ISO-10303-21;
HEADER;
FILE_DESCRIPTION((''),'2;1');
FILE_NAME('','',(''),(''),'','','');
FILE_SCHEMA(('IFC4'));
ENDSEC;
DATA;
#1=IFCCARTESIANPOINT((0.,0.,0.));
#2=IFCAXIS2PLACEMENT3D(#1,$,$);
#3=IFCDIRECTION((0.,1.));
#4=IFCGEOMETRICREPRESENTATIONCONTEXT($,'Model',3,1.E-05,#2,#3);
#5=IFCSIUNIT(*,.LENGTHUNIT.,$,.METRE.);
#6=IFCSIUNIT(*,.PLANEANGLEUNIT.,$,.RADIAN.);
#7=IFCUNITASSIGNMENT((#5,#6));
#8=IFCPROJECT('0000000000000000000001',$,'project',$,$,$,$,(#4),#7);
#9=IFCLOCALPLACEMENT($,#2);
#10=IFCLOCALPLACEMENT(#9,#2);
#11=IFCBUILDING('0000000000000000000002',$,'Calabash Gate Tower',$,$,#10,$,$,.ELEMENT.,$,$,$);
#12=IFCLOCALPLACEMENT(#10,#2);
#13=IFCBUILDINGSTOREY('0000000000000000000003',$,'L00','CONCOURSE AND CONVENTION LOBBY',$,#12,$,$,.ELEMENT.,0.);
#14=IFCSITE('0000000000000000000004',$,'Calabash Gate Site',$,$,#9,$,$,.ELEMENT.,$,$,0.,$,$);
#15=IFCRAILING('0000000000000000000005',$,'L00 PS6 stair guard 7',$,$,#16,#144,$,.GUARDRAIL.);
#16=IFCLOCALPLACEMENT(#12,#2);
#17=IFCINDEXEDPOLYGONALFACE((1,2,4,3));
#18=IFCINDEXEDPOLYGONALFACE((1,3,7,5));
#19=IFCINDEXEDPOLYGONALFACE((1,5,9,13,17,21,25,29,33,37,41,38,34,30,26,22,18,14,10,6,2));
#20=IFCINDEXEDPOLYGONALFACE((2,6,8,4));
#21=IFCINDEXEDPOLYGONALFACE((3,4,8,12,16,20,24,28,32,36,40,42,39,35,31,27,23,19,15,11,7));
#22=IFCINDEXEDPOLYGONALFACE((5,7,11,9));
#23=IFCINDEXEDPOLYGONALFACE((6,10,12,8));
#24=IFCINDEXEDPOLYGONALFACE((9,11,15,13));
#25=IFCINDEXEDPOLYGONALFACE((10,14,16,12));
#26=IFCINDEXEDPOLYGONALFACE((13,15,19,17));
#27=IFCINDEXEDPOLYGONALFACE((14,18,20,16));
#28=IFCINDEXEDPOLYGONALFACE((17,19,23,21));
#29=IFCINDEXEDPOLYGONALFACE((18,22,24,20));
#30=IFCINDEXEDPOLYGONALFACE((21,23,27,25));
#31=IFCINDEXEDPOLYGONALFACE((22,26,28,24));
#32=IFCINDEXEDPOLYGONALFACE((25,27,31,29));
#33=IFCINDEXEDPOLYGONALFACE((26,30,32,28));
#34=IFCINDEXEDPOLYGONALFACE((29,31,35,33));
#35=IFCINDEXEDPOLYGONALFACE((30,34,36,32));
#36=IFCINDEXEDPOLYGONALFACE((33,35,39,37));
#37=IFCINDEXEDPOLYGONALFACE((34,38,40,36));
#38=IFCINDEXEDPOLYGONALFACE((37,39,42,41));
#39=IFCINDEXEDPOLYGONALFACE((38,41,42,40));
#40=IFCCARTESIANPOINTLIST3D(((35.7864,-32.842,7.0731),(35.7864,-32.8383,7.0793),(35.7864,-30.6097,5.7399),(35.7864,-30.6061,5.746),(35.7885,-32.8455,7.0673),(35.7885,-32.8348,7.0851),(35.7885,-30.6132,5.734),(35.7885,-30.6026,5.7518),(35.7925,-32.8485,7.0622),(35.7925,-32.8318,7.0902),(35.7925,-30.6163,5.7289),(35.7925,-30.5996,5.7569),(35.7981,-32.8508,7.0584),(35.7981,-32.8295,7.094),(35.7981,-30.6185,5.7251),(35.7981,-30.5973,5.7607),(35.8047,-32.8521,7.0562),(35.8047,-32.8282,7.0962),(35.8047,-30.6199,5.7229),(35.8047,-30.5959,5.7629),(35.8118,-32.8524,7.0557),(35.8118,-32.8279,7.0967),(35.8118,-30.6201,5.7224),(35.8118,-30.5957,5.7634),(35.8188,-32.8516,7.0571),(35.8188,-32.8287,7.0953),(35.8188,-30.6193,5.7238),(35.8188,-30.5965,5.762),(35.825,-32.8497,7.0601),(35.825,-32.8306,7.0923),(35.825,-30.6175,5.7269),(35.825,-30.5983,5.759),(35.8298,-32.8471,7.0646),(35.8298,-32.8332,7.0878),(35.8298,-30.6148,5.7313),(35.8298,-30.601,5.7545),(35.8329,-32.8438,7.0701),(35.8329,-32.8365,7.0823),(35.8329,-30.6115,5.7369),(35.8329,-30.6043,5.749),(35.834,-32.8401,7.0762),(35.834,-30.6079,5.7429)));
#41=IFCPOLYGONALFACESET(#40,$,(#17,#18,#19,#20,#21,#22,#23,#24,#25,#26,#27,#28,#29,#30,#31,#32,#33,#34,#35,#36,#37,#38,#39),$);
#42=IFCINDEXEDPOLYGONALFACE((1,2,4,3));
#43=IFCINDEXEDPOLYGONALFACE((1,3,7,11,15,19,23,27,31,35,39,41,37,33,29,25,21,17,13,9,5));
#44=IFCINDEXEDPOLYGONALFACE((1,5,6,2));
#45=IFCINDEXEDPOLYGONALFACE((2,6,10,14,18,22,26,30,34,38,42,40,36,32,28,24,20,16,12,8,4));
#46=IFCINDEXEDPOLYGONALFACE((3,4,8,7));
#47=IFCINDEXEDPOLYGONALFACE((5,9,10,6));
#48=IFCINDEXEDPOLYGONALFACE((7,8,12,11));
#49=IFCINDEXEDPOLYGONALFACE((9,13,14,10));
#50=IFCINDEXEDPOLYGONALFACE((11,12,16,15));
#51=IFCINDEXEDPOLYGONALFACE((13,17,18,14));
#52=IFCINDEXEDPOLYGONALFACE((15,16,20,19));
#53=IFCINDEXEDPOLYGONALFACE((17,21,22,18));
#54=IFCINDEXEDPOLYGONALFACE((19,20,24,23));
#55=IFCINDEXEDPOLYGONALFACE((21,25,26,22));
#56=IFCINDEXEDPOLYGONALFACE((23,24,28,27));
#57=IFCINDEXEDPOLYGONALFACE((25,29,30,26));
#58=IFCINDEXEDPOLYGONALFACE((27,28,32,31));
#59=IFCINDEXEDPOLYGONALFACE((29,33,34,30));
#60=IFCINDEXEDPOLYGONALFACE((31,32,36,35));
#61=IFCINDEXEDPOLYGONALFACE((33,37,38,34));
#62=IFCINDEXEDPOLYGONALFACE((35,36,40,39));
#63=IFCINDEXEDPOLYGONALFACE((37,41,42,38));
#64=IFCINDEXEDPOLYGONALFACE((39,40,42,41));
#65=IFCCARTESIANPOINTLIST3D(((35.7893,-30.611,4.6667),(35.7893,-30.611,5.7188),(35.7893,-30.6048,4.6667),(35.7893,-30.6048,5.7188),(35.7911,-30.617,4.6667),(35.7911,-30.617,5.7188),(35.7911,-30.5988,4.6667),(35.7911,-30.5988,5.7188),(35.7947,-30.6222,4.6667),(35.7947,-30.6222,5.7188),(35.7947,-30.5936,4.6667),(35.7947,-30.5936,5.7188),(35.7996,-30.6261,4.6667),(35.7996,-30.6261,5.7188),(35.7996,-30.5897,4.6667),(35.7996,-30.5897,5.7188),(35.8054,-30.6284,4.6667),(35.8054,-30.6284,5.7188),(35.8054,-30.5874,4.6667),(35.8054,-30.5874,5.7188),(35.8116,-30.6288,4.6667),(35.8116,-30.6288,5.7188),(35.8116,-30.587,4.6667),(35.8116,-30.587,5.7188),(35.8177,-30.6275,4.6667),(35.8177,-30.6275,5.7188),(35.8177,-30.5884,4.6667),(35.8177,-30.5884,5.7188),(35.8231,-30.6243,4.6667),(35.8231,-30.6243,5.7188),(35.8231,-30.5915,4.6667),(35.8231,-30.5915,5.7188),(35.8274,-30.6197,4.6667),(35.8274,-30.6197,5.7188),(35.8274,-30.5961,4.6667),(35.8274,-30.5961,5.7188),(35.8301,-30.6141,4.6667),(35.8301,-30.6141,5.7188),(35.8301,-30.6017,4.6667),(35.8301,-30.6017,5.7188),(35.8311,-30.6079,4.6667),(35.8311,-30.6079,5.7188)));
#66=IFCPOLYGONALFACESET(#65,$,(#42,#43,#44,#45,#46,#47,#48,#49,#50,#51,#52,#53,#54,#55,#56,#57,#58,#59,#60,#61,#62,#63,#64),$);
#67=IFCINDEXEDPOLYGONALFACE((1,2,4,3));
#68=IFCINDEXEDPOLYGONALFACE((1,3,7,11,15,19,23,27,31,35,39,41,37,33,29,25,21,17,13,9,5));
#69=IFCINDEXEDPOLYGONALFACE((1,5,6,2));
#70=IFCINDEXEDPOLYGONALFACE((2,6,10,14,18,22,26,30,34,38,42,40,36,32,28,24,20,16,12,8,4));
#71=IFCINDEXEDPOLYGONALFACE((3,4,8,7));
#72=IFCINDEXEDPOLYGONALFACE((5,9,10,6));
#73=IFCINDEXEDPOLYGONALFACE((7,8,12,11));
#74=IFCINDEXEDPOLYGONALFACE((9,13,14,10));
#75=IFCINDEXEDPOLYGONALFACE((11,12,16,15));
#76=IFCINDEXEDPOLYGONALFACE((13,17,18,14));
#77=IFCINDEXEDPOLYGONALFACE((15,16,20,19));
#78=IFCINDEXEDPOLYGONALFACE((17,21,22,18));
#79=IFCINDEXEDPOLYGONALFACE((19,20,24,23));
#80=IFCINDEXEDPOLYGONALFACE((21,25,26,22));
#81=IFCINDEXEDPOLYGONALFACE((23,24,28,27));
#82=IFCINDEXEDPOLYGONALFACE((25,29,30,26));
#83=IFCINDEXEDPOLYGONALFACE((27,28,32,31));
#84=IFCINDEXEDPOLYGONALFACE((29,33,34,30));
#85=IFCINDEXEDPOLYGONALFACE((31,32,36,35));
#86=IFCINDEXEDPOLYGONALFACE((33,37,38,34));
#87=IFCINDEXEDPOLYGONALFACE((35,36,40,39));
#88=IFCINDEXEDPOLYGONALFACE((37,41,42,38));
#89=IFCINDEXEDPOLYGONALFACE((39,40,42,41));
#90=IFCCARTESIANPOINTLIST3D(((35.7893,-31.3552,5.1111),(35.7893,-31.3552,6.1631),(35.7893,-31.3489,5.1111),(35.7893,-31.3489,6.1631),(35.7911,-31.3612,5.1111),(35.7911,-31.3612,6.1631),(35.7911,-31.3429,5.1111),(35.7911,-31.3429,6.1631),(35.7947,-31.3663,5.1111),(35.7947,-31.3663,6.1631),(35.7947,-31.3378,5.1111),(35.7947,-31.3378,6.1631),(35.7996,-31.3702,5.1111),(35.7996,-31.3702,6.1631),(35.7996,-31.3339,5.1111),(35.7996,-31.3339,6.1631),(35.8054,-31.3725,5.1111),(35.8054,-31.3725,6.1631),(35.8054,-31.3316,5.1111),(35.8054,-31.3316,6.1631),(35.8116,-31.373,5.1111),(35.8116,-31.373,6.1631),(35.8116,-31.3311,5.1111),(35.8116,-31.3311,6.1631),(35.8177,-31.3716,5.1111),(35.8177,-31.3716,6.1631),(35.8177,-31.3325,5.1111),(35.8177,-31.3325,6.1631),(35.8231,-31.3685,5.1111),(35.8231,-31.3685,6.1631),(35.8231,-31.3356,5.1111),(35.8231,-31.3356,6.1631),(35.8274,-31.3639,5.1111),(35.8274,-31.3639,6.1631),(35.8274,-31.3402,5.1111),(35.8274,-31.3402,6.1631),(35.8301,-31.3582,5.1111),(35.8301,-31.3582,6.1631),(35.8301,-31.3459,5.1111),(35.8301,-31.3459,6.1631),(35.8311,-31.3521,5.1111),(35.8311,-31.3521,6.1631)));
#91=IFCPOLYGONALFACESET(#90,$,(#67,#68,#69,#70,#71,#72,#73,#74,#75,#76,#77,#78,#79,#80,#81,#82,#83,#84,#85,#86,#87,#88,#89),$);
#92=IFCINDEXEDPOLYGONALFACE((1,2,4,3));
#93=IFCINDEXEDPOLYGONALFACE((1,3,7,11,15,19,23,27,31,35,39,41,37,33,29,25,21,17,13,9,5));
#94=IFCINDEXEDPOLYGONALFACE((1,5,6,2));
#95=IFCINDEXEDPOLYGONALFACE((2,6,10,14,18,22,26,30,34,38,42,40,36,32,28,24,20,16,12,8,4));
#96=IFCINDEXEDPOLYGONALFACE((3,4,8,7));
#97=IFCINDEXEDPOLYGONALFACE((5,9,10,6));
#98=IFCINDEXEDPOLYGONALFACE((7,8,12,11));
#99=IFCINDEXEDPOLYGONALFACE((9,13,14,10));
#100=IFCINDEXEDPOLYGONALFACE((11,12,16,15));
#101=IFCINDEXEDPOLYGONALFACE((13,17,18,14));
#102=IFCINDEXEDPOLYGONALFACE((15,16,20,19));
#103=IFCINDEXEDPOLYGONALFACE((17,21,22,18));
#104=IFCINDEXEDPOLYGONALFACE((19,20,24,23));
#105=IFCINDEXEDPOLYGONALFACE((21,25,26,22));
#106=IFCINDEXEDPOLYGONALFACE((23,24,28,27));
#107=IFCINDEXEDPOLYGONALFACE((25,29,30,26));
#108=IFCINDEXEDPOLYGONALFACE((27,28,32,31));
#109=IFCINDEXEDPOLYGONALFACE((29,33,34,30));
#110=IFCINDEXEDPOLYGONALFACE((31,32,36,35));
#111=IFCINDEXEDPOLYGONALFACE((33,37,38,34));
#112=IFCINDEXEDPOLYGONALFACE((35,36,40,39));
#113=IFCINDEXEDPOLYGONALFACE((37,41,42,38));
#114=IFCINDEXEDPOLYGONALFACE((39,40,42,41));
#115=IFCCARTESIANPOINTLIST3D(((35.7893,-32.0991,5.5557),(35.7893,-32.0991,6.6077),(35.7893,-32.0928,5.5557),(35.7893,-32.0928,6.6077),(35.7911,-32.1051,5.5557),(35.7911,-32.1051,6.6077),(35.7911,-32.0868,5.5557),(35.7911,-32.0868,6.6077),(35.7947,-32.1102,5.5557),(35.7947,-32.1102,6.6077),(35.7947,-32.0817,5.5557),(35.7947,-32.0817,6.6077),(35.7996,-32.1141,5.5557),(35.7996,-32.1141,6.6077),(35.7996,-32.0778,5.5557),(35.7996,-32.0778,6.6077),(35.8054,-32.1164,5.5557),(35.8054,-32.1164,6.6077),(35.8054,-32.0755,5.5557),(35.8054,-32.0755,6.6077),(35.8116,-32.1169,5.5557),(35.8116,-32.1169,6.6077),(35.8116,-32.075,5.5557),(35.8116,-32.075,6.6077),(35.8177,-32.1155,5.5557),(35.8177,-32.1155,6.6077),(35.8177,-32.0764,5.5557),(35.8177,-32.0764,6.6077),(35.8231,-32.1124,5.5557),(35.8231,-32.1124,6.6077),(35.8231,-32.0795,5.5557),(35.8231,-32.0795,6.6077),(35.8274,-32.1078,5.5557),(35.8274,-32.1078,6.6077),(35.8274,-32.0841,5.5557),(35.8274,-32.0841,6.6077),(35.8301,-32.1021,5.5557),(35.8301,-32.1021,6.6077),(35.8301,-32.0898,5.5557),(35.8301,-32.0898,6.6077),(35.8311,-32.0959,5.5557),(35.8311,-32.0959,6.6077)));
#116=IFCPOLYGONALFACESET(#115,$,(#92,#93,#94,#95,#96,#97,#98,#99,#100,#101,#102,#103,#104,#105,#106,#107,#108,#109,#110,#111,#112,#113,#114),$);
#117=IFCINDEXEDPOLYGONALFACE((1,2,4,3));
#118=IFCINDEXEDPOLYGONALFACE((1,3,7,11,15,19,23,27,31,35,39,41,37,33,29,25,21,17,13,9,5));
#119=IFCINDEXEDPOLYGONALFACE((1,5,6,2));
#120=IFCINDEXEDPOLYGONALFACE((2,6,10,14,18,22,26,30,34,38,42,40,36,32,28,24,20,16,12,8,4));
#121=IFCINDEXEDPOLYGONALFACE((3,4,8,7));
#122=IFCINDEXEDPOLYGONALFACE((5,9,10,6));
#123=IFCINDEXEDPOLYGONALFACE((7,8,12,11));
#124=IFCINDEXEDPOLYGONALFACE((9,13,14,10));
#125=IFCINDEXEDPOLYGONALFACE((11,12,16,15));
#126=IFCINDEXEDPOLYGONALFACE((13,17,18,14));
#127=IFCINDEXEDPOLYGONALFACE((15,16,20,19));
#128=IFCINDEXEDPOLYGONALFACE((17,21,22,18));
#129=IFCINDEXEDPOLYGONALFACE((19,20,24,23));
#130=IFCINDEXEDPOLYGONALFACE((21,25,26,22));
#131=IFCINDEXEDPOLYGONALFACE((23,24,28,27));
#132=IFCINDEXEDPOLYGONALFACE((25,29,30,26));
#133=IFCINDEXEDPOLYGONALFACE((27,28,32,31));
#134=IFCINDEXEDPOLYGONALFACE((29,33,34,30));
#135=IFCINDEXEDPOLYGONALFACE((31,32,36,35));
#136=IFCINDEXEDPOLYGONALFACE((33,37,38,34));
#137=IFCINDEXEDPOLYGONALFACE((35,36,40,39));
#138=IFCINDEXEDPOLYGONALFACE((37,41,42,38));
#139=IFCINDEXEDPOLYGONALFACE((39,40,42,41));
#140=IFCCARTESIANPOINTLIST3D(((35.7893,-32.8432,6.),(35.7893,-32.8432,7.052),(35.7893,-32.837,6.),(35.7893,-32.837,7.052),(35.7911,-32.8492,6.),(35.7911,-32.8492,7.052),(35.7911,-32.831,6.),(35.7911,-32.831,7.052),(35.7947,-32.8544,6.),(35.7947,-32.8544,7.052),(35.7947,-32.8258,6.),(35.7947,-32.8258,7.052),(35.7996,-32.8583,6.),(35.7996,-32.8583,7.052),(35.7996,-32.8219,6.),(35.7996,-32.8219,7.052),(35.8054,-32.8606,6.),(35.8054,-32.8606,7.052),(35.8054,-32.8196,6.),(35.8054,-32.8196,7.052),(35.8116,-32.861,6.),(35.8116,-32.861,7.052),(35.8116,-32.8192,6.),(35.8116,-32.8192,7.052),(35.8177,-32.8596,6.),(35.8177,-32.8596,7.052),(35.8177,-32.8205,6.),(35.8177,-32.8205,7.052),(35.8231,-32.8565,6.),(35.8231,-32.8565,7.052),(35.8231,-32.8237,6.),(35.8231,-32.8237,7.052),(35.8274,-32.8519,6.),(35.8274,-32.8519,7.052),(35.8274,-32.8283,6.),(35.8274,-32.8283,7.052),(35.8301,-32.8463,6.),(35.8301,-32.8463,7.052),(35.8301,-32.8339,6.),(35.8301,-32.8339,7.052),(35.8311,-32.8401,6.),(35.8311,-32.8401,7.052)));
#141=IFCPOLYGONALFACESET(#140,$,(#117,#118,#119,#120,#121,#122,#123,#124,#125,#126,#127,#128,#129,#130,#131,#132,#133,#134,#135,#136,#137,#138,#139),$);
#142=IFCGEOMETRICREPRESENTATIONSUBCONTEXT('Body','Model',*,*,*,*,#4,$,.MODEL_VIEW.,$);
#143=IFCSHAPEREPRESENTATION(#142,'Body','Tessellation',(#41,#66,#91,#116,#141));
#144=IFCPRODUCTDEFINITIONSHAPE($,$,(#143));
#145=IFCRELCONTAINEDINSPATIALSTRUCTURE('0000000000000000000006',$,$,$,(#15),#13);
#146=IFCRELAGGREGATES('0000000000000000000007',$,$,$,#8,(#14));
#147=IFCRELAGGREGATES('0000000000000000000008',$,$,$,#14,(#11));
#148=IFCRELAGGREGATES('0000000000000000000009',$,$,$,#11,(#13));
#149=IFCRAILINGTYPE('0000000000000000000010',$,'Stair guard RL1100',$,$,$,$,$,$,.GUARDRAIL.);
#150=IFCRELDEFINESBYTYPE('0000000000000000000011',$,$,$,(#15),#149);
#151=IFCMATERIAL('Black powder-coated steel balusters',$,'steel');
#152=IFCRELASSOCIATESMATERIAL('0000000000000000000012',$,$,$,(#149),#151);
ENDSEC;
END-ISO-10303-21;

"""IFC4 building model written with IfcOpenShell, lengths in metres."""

from ifc_helpers import new_model, si_unit, direction, frame, origin, origin_2d, place, context, subcontext, project, spatial, circle, extrude, material, type_object, element, save


model = new_model("IFC4")

# Units and contexts
model_context = context("Model", 3, precision=1e-05, world=origin(), true_north=direction((0.0, 1.0)))
body_context = subcontext(model_context, "Body", "Model", "MODEL_VIEW")
ifc_project = project(units=[si_unit("LENGTHUNIT", "METRE"), si_unit("PLANEANGLEUNIT", "RADIAN")], contexts=[model_context])

# Site, building, storey
site_placement = place(None, origin())
site = spatial("IfcSite", under=ifc_project, at=site_placement, Name="Calabash Gate Site", CompositionType="ELEMENT", RefElevation=0.0)
building_placement = place(site_placement, origin())
building = spatial("IfcBuilding", under=site, at=building_placement, Name="Calabash Gate Tower", CompositionType="ELEMENT")
storey_placement = place(building_placement, origin())
storey = spatial("IfcBuildingStorey", under=building, at=storey_placement, Name="L00", Description="CONCOURSE AND CONVENTION LOBBY", CompositionType="ELEMENT", Elevation=0.0)

# Railing
ifc_material_1 = material(Name="Black powder-coated steel balusters", Category="steel")
railing_type_1 = type_object("IfcRailingType", Name="Stair guard RL1100", PredefinedType="GUARDRAIL", material=ifc_material_1)
railing_1_placement = place(storey_placement, frame((35.8101, -30.6079, 4.6667)))
element("IfcRailing", 1, at=railing_1_placement, inside=storey, type_object=railing_type_1, Name="L00 PS6 stair guard 7", PredefinedType="GUARDRAIL", context=body_context, shape_type="SweptSolid", body=[
    extrude(circle(Radius=0.0239, at=origin_2d()), frame((0.0, 0.0, 1.0762), z_axis=(0.0, -0.858519, 0.512782), x_axis=(1.0, 0.0, 0.0)), (0.0, 0.0, 1.0), 2.6001),
    extrude(circle(Radius=0.021, at=origin_2d()), origin(), (0.0, 0.0, 1.0), 1.052),
    extrude(circle(Radius=0.021, at=origin_2d()), frame((0.0, -0.7441, 0.4443)), (0.0, 0.0, 1.0), 1.052),
    extrude(circle(Radius=0.021, at=origin_2d()), frame((0.0, -1.488, 0.8889)), (0.0, 0.0, 1.0), 1.052),
    extrude(circle(Radius=0.021, at=origin_2d()), frame((0.0, -2.2322, 1.3333)), (0.0, 0.0, 1.0), 1.052),
])

save(model, "model.ifc")
